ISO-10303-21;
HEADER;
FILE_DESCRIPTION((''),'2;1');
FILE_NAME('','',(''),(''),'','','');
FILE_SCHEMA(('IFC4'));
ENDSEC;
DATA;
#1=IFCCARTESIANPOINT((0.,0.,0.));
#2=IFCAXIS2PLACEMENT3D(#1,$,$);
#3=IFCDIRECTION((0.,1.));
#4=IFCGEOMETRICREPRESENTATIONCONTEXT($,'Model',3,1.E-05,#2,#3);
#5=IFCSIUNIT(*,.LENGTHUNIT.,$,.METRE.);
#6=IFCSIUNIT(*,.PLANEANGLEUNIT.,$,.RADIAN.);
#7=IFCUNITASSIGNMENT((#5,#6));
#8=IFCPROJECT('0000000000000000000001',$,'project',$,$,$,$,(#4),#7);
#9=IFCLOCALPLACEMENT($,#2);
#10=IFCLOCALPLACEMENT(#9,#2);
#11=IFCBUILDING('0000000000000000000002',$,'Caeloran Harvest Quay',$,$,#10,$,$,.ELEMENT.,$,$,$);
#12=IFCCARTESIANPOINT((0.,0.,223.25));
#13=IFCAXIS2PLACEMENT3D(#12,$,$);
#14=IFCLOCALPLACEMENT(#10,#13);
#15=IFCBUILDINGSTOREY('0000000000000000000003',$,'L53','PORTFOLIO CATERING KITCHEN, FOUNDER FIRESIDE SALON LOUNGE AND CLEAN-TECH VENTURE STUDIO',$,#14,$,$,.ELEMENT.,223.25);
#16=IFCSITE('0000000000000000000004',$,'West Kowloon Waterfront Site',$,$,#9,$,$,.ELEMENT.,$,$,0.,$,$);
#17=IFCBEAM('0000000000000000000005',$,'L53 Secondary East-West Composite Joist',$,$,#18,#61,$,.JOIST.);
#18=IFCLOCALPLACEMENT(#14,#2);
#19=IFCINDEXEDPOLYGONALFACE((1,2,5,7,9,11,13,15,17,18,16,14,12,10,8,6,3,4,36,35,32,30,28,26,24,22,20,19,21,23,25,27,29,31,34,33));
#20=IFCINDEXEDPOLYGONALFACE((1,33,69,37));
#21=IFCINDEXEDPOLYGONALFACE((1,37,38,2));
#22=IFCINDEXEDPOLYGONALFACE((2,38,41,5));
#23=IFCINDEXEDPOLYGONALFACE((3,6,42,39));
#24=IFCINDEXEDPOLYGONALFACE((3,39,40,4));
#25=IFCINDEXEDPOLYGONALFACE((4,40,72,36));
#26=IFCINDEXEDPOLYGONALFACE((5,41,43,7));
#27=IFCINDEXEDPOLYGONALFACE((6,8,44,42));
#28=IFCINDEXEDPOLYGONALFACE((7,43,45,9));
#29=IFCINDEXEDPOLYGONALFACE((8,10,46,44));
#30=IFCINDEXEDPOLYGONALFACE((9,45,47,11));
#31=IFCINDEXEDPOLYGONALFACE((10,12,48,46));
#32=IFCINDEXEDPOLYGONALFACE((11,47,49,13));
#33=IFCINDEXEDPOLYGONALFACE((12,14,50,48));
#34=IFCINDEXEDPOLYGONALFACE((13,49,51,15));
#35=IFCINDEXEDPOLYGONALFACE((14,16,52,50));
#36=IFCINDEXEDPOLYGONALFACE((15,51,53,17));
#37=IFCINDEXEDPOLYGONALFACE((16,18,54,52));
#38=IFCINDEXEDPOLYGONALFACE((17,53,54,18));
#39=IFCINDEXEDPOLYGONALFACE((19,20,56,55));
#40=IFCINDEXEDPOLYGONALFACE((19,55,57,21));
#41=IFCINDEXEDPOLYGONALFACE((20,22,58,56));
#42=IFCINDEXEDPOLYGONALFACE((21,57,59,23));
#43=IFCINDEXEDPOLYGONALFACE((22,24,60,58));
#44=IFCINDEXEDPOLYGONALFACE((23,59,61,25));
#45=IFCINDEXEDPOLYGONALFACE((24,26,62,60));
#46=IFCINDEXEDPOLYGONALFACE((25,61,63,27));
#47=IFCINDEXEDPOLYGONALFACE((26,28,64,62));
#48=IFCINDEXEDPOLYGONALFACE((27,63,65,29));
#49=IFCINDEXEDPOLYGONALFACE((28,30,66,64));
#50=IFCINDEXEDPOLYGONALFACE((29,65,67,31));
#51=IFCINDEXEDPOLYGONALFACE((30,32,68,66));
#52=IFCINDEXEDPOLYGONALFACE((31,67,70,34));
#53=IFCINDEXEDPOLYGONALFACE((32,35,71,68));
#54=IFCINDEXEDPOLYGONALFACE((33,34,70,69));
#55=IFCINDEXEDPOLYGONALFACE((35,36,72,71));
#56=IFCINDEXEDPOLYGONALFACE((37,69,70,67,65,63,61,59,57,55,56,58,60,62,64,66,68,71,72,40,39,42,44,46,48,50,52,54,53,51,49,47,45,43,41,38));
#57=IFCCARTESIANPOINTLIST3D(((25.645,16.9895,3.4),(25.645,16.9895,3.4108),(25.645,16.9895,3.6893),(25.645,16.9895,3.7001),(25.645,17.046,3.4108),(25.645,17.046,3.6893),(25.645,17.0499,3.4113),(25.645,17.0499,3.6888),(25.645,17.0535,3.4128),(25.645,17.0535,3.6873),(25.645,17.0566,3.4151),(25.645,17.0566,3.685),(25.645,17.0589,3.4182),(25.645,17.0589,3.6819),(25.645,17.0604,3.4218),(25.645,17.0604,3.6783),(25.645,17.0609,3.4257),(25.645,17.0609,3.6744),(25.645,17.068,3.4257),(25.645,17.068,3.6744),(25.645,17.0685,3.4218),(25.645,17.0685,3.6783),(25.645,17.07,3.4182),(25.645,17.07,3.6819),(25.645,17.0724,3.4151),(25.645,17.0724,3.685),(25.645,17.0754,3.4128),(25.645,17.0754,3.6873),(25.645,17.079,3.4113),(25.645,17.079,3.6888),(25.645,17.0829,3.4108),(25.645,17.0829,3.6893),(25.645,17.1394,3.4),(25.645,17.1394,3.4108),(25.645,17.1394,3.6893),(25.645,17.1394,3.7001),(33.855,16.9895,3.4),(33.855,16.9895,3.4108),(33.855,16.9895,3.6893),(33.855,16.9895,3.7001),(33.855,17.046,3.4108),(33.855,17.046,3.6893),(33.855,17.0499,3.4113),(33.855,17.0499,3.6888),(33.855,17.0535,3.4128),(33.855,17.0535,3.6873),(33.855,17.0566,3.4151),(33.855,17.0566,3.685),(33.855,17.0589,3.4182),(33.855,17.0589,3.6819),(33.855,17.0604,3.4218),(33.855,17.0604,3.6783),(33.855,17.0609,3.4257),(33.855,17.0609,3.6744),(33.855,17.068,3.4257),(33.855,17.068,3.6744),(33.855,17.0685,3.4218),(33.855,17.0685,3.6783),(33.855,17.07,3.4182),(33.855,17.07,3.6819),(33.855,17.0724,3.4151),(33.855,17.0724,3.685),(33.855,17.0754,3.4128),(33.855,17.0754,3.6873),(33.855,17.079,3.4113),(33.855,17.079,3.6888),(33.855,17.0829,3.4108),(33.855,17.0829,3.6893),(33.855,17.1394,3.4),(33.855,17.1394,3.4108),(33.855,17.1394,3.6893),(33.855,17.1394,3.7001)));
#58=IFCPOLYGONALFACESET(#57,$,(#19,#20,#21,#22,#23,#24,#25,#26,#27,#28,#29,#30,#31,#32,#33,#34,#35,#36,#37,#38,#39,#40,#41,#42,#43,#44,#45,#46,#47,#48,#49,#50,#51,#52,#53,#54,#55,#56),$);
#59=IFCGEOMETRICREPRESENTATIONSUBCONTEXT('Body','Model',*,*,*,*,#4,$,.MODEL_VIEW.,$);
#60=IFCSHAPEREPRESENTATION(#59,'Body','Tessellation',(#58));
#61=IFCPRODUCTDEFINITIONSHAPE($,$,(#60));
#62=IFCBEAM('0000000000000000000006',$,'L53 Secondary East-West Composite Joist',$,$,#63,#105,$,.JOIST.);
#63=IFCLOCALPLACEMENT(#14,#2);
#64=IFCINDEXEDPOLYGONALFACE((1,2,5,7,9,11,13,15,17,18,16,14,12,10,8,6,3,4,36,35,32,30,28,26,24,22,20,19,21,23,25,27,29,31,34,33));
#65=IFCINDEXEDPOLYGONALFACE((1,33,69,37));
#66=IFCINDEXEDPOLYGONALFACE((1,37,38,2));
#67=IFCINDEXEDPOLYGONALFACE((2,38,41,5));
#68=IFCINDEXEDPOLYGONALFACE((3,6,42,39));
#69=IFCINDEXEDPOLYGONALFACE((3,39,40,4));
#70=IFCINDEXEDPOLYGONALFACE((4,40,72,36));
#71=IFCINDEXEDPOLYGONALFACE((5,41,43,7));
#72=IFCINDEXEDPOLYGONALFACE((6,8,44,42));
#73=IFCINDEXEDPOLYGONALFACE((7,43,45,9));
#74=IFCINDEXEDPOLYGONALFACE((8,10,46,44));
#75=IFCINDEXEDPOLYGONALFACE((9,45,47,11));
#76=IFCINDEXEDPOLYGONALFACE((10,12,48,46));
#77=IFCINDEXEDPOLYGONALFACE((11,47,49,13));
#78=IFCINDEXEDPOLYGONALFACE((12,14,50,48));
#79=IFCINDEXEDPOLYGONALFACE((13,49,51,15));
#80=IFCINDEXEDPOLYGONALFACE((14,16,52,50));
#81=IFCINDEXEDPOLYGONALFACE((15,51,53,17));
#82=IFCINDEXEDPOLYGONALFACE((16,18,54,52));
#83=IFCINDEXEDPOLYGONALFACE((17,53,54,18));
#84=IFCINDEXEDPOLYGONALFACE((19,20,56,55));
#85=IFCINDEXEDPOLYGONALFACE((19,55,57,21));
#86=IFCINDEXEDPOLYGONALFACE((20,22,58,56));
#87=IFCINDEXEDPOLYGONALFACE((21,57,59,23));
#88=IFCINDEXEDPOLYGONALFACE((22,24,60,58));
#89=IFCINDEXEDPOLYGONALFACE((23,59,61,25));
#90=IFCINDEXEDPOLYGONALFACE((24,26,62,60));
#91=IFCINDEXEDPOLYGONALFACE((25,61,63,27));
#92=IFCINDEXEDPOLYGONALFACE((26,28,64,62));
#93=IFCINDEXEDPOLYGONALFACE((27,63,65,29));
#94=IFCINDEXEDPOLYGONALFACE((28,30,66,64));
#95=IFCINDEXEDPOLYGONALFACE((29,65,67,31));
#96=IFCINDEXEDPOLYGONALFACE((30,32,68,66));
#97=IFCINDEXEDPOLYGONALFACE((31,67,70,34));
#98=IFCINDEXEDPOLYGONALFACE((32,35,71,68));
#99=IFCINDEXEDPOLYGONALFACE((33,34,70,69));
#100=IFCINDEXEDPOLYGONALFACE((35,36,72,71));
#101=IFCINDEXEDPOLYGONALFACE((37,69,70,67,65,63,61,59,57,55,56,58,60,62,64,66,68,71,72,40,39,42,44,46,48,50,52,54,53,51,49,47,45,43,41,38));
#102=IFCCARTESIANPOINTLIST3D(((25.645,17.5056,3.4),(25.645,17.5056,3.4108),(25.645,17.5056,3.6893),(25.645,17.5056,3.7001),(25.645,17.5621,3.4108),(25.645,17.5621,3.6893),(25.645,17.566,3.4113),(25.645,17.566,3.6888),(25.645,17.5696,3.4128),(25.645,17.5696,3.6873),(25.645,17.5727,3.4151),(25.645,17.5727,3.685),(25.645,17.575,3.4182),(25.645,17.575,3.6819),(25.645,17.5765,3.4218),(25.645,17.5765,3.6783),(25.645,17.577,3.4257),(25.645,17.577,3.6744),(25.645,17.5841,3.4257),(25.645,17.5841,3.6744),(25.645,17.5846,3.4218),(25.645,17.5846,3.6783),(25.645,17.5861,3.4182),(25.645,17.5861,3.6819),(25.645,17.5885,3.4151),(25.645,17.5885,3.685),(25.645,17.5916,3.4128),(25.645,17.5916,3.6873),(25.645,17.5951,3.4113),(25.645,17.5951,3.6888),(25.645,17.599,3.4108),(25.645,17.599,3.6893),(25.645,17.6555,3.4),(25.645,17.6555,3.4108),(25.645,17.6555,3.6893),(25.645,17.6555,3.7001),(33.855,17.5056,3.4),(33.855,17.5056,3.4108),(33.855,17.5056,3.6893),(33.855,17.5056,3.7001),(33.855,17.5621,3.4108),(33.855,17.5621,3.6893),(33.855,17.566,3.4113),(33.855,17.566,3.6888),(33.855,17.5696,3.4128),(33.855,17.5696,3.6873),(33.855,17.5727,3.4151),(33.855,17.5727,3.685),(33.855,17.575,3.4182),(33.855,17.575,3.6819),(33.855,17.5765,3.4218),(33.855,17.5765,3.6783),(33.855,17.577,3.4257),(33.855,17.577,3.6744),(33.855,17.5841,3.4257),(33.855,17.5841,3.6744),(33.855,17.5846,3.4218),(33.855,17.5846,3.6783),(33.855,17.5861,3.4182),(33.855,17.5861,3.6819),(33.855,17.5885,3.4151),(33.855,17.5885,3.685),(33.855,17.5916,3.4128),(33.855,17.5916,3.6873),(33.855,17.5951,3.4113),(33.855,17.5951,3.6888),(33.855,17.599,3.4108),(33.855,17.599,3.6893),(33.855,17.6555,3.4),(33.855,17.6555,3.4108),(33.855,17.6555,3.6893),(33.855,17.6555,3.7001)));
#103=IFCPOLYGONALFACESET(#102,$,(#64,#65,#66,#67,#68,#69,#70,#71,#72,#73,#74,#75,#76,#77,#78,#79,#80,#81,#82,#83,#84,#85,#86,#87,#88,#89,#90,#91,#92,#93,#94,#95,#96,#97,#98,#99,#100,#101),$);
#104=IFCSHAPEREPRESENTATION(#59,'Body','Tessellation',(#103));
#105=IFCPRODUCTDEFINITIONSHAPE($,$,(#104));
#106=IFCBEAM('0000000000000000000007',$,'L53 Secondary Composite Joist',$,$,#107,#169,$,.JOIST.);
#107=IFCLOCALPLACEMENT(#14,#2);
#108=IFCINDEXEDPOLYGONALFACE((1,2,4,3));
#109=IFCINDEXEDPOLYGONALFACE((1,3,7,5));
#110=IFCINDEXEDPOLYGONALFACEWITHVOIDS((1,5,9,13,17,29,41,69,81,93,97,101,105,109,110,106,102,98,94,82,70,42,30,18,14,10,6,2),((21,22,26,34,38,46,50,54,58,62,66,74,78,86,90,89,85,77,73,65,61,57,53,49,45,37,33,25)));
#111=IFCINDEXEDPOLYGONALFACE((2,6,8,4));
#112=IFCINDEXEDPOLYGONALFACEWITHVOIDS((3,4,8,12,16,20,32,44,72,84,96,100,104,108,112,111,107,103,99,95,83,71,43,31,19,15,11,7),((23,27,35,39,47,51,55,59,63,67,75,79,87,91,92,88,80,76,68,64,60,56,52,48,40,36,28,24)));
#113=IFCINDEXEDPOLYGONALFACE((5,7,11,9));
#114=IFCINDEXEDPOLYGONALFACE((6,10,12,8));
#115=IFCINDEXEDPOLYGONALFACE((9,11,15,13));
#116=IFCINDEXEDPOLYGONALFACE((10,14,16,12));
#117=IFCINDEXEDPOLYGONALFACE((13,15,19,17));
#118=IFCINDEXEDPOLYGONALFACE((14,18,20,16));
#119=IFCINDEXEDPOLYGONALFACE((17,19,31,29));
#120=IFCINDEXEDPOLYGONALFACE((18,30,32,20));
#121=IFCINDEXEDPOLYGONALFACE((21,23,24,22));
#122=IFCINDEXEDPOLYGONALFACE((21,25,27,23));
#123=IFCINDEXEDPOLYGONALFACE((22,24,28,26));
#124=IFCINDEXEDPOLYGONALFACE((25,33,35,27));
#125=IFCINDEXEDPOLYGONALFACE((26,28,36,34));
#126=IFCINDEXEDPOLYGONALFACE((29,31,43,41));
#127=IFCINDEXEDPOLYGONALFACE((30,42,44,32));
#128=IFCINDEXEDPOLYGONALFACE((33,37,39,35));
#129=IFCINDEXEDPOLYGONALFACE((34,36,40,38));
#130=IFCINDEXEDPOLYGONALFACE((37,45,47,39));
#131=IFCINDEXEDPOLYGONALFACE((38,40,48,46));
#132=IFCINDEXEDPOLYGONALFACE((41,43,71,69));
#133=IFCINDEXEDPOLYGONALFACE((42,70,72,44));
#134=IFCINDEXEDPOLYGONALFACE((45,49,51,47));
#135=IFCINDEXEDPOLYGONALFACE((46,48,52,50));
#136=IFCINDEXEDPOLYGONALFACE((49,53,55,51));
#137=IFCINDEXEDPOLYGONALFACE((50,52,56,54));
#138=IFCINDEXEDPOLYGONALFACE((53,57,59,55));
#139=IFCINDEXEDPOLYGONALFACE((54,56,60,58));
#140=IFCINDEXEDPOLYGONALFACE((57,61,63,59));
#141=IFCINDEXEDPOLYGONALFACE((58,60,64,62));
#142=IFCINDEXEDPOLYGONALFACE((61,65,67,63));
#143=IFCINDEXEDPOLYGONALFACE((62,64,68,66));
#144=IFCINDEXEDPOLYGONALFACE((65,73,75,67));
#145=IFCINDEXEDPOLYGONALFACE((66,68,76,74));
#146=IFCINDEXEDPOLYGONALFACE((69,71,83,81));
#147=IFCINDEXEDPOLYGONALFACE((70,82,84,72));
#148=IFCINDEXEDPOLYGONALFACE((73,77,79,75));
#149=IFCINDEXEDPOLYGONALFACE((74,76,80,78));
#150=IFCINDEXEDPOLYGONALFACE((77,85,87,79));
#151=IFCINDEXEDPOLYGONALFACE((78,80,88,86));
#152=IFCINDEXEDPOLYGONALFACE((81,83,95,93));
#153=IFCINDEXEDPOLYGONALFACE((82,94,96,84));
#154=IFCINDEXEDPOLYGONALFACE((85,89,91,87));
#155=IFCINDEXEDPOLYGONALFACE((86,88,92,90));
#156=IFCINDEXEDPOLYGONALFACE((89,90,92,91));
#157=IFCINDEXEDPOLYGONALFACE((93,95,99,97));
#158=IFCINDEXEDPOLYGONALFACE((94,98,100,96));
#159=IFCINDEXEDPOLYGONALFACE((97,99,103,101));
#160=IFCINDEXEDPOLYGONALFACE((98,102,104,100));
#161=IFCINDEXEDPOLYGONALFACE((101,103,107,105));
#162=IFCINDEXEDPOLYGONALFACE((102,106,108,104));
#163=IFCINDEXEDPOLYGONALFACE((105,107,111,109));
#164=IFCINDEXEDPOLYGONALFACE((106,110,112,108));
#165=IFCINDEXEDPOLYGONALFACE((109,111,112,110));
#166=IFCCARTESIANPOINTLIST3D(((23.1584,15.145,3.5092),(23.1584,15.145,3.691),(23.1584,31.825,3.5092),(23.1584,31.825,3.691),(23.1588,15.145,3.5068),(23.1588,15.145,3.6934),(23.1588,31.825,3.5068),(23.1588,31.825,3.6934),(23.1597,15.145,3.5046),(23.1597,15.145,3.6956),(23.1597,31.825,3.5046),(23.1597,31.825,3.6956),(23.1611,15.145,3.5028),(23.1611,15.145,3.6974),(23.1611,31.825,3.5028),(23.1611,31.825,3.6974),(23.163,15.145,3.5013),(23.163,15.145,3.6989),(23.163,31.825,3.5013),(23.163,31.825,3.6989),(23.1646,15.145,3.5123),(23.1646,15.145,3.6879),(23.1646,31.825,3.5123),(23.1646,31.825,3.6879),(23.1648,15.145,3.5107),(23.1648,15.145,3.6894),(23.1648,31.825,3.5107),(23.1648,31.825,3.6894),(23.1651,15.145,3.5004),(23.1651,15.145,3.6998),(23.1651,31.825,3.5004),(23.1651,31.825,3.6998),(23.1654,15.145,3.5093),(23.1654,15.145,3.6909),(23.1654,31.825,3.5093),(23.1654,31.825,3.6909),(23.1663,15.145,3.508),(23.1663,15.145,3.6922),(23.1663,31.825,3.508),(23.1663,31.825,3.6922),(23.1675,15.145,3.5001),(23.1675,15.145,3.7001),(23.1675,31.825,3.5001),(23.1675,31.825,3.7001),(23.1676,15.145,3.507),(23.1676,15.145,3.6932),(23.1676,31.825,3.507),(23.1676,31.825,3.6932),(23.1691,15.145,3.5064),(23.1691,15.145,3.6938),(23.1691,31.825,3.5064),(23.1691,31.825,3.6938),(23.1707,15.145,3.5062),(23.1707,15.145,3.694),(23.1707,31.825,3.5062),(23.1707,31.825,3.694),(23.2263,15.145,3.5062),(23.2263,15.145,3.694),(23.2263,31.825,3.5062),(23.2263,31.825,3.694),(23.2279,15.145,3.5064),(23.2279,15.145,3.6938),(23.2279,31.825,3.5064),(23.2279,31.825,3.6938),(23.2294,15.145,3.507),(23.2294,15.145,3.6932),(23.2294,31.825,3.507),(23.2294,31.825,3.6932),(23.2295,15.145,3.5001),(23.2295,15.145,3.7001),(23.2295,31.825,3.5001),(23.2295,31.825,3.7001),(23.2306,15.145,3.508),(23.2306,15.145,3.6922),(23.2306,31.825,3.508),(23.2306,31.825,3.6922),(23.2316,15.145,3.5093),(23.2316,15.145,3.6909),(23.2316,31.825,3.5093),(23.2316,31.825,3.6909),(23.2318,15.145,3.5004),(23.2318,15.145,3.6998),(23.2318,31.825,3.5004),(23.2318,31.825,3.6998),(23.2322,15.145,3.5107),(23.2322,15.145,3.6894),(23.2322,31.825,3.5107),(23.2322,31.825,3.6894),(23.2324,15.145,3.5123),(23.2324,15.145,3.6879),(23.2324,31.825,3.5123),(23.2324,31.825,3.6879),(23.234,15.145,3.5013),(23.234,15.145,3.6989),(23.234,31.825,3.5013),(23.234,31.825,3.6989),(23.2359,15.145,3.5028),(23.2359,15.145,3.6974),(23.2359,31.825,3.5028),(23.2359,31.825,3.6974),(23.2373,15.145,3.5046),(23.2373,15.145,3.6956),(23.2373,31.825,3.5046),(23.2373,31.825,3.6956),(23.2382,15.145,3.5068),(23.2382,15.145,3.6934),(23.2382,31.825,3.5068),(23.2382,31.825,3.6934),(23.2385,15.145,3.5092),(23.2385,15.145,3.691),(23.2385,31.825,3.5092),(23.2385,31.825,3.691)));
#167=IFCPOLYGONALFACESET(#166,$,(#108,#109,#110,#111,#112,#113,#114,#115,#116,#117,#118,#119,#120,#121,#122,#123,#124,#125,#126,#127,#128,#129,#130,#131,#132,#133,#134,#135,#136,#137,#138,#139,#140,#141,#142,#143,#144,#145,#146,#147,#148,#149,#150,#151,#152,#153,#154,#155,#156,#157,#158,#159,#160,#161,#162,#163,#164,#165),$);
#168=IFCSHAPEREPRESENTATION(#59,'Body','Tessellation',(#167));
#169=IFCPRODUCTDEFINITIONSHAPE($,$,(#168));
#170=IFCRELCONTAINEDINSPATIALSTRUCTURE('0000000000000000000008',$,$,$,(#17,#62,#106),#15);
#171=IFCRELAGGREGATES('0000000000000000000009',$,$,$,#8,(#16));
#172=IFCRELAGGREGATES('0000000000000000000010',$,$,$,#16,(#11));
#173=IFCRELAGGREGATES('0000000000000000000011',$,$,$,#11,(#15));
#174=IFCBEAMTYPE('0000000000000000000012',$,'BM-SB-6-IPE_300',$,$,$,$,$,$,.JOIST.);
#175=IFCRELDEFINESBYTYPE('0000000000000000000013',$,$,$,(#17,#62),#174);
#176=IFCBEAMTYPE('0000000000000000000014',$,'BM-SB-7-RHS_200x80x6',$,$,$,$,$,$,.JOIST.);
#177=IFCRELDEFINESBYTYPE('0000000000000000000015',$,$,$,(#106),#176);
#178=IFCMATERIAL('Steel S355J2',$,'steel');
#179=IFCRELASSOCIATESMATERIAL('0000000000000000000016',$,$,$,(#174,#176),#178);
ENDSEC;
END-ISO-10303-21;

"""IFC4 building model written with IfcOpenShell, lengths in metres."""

from ifc_helpers import new_model, si_unit, direction, frame, origin, origin_2d, place, context, subcontext, project, spatial, hollow_rectangle, i_section, extrude, material, material_profile, profile_set, type_object, element, save


model = new_model("IFC4")

# Units and contexts
model_context = context("Model", 3, precision=1e-05, world=origin(), true_north=direction((0.0, 1.0)))
body_context = subcontext(model_context, "Body", "Model", "MODEL_VIEW")
ifc_project = project(units=[si_unit("LENGTHUNIT", "METRE"), si_unit("PLANEANGLEUNIT", "RADIAN")], contexts=[model_context])

# Site, building, storey
site_placement = place(None, origin())
site = spatial("IfcSite", under=ifc_project, at=site_placement, Name="West Kowloon Waterfront Site", CompositionType="ELEMENT", RefElevation=0.0)
building_placement = place(site_placement, origin())
building = spatial("IfcBuilding", under=site, at=building_placement, Name="Caeloran Harvest Quay", CompositionType="ELEMENT")
storey_placement = place(building_placement, frame((0.0, 0.0, 223.25)))
storey = spatial("IfcBuildingStorey", under=building, at=storey_placement, Name="L53", Description="PORTFOLIO CATERING KITCHEN, FOUNDER FIRESIDE SALON LOUNGE AND CLEAN-TECH VENTURE STUDIO", CompositionType="ELEMENT", Elevation=223.25)

# Beams
ifc_material_1 = material(Name="Steel S355J2", Category="steel")
ifc_material_profile_1 = material_profile(ifc_material_1, i_section(OverallWidth=0.1499, OverallDepth=0.3, WebThickness=0.0071, FlangeThickness=0.0107, FilletRadius=0.0149, at=origin_2d()), Name="IPE 300")
ifc_profile_set_1 = profile_set([ifc_material_profile_1], Name="Steel S355J2")
beam_type_1 = type_object("IfcBeamType", Name="BM-SB-6-IPE_300", PredefinedType="JOIST", material=ifc_profile_set_1)
for number, where, z_axis, x_axis, name in (
    (1, (25.645, 17.0645, 3.55), (1.0, 0.0, 0.0), (0.0, 1.0, 0.0), "L53 Secondary East-West Composite Joist"),
    (2, (25.645, 17.5806, 3.55), (1.0, 0.0, 0.0), (0.0, 1.0, 0.0), "L53 Secondary East-West Composite Joist"),
):
    element("IfcBeam", number, at=place(storey_placement, frame(where, z_axis=z_axis, x_axis=x_axis)), inside=storey, type_object=beam_type_1, Name=name, PredefinedType="JOIST", context=body_context, shape_type="SweptSolid", body=[
        extrude(i_section(OverallWidth=0.1499, OverallDepth=0.3, WebThickness=0.0071, FlangeThickness=0.0107, FilletRadius=0.0149, at=origin_2d()), origin(), (0.0, 0.0, 1.0), 8.21),
    ])
ifc_material_profile_2 = material_profile(ifc_material_1, hollow_rectangle(XDim=0.0801, YDim=0.2, WallThickness=0.0061, InnerFilletRadius=0.0061, OuterFilletRadius=0.009, at=origin_2d()), Name="RHS 200x80x6")
ifc_profile_set_2 = profile_set([ifc_material_profile_2], Name="Steel S355J2")
beam_type_2 = type_object("IfcBeamType", Name="BM-SB-7-RHS_200x80x6", PredefinedType="JOIST", material=ifc_profile_set_2)
beam_1_placement = place(storey_placement, frame((23.1985, 15.145, 3.6001), z_axis=(0.0, 1.0, 0.0), x_axis=(-1.0, 0.0, 0.0)))
element("IfcBeam", 3, at=beam_1_placement, inside=storey, type_object=beam_type_2, Name="L53 Secondary Composite Joist", PredefinedType="JOIST", context=body_context, shape_type="SweptSolid", body=[
    extrude(hollow_rectangle(XDim=0.0801, YDim=0.2, WallThickness=0.0061, InnerFilletRadius=0.0061, OuterFilletRadius=0.009, at=origin_2d()), origin(), (0.0, 0.0, 1.0), 16.6799),
])

save(model, "model.ifc")
